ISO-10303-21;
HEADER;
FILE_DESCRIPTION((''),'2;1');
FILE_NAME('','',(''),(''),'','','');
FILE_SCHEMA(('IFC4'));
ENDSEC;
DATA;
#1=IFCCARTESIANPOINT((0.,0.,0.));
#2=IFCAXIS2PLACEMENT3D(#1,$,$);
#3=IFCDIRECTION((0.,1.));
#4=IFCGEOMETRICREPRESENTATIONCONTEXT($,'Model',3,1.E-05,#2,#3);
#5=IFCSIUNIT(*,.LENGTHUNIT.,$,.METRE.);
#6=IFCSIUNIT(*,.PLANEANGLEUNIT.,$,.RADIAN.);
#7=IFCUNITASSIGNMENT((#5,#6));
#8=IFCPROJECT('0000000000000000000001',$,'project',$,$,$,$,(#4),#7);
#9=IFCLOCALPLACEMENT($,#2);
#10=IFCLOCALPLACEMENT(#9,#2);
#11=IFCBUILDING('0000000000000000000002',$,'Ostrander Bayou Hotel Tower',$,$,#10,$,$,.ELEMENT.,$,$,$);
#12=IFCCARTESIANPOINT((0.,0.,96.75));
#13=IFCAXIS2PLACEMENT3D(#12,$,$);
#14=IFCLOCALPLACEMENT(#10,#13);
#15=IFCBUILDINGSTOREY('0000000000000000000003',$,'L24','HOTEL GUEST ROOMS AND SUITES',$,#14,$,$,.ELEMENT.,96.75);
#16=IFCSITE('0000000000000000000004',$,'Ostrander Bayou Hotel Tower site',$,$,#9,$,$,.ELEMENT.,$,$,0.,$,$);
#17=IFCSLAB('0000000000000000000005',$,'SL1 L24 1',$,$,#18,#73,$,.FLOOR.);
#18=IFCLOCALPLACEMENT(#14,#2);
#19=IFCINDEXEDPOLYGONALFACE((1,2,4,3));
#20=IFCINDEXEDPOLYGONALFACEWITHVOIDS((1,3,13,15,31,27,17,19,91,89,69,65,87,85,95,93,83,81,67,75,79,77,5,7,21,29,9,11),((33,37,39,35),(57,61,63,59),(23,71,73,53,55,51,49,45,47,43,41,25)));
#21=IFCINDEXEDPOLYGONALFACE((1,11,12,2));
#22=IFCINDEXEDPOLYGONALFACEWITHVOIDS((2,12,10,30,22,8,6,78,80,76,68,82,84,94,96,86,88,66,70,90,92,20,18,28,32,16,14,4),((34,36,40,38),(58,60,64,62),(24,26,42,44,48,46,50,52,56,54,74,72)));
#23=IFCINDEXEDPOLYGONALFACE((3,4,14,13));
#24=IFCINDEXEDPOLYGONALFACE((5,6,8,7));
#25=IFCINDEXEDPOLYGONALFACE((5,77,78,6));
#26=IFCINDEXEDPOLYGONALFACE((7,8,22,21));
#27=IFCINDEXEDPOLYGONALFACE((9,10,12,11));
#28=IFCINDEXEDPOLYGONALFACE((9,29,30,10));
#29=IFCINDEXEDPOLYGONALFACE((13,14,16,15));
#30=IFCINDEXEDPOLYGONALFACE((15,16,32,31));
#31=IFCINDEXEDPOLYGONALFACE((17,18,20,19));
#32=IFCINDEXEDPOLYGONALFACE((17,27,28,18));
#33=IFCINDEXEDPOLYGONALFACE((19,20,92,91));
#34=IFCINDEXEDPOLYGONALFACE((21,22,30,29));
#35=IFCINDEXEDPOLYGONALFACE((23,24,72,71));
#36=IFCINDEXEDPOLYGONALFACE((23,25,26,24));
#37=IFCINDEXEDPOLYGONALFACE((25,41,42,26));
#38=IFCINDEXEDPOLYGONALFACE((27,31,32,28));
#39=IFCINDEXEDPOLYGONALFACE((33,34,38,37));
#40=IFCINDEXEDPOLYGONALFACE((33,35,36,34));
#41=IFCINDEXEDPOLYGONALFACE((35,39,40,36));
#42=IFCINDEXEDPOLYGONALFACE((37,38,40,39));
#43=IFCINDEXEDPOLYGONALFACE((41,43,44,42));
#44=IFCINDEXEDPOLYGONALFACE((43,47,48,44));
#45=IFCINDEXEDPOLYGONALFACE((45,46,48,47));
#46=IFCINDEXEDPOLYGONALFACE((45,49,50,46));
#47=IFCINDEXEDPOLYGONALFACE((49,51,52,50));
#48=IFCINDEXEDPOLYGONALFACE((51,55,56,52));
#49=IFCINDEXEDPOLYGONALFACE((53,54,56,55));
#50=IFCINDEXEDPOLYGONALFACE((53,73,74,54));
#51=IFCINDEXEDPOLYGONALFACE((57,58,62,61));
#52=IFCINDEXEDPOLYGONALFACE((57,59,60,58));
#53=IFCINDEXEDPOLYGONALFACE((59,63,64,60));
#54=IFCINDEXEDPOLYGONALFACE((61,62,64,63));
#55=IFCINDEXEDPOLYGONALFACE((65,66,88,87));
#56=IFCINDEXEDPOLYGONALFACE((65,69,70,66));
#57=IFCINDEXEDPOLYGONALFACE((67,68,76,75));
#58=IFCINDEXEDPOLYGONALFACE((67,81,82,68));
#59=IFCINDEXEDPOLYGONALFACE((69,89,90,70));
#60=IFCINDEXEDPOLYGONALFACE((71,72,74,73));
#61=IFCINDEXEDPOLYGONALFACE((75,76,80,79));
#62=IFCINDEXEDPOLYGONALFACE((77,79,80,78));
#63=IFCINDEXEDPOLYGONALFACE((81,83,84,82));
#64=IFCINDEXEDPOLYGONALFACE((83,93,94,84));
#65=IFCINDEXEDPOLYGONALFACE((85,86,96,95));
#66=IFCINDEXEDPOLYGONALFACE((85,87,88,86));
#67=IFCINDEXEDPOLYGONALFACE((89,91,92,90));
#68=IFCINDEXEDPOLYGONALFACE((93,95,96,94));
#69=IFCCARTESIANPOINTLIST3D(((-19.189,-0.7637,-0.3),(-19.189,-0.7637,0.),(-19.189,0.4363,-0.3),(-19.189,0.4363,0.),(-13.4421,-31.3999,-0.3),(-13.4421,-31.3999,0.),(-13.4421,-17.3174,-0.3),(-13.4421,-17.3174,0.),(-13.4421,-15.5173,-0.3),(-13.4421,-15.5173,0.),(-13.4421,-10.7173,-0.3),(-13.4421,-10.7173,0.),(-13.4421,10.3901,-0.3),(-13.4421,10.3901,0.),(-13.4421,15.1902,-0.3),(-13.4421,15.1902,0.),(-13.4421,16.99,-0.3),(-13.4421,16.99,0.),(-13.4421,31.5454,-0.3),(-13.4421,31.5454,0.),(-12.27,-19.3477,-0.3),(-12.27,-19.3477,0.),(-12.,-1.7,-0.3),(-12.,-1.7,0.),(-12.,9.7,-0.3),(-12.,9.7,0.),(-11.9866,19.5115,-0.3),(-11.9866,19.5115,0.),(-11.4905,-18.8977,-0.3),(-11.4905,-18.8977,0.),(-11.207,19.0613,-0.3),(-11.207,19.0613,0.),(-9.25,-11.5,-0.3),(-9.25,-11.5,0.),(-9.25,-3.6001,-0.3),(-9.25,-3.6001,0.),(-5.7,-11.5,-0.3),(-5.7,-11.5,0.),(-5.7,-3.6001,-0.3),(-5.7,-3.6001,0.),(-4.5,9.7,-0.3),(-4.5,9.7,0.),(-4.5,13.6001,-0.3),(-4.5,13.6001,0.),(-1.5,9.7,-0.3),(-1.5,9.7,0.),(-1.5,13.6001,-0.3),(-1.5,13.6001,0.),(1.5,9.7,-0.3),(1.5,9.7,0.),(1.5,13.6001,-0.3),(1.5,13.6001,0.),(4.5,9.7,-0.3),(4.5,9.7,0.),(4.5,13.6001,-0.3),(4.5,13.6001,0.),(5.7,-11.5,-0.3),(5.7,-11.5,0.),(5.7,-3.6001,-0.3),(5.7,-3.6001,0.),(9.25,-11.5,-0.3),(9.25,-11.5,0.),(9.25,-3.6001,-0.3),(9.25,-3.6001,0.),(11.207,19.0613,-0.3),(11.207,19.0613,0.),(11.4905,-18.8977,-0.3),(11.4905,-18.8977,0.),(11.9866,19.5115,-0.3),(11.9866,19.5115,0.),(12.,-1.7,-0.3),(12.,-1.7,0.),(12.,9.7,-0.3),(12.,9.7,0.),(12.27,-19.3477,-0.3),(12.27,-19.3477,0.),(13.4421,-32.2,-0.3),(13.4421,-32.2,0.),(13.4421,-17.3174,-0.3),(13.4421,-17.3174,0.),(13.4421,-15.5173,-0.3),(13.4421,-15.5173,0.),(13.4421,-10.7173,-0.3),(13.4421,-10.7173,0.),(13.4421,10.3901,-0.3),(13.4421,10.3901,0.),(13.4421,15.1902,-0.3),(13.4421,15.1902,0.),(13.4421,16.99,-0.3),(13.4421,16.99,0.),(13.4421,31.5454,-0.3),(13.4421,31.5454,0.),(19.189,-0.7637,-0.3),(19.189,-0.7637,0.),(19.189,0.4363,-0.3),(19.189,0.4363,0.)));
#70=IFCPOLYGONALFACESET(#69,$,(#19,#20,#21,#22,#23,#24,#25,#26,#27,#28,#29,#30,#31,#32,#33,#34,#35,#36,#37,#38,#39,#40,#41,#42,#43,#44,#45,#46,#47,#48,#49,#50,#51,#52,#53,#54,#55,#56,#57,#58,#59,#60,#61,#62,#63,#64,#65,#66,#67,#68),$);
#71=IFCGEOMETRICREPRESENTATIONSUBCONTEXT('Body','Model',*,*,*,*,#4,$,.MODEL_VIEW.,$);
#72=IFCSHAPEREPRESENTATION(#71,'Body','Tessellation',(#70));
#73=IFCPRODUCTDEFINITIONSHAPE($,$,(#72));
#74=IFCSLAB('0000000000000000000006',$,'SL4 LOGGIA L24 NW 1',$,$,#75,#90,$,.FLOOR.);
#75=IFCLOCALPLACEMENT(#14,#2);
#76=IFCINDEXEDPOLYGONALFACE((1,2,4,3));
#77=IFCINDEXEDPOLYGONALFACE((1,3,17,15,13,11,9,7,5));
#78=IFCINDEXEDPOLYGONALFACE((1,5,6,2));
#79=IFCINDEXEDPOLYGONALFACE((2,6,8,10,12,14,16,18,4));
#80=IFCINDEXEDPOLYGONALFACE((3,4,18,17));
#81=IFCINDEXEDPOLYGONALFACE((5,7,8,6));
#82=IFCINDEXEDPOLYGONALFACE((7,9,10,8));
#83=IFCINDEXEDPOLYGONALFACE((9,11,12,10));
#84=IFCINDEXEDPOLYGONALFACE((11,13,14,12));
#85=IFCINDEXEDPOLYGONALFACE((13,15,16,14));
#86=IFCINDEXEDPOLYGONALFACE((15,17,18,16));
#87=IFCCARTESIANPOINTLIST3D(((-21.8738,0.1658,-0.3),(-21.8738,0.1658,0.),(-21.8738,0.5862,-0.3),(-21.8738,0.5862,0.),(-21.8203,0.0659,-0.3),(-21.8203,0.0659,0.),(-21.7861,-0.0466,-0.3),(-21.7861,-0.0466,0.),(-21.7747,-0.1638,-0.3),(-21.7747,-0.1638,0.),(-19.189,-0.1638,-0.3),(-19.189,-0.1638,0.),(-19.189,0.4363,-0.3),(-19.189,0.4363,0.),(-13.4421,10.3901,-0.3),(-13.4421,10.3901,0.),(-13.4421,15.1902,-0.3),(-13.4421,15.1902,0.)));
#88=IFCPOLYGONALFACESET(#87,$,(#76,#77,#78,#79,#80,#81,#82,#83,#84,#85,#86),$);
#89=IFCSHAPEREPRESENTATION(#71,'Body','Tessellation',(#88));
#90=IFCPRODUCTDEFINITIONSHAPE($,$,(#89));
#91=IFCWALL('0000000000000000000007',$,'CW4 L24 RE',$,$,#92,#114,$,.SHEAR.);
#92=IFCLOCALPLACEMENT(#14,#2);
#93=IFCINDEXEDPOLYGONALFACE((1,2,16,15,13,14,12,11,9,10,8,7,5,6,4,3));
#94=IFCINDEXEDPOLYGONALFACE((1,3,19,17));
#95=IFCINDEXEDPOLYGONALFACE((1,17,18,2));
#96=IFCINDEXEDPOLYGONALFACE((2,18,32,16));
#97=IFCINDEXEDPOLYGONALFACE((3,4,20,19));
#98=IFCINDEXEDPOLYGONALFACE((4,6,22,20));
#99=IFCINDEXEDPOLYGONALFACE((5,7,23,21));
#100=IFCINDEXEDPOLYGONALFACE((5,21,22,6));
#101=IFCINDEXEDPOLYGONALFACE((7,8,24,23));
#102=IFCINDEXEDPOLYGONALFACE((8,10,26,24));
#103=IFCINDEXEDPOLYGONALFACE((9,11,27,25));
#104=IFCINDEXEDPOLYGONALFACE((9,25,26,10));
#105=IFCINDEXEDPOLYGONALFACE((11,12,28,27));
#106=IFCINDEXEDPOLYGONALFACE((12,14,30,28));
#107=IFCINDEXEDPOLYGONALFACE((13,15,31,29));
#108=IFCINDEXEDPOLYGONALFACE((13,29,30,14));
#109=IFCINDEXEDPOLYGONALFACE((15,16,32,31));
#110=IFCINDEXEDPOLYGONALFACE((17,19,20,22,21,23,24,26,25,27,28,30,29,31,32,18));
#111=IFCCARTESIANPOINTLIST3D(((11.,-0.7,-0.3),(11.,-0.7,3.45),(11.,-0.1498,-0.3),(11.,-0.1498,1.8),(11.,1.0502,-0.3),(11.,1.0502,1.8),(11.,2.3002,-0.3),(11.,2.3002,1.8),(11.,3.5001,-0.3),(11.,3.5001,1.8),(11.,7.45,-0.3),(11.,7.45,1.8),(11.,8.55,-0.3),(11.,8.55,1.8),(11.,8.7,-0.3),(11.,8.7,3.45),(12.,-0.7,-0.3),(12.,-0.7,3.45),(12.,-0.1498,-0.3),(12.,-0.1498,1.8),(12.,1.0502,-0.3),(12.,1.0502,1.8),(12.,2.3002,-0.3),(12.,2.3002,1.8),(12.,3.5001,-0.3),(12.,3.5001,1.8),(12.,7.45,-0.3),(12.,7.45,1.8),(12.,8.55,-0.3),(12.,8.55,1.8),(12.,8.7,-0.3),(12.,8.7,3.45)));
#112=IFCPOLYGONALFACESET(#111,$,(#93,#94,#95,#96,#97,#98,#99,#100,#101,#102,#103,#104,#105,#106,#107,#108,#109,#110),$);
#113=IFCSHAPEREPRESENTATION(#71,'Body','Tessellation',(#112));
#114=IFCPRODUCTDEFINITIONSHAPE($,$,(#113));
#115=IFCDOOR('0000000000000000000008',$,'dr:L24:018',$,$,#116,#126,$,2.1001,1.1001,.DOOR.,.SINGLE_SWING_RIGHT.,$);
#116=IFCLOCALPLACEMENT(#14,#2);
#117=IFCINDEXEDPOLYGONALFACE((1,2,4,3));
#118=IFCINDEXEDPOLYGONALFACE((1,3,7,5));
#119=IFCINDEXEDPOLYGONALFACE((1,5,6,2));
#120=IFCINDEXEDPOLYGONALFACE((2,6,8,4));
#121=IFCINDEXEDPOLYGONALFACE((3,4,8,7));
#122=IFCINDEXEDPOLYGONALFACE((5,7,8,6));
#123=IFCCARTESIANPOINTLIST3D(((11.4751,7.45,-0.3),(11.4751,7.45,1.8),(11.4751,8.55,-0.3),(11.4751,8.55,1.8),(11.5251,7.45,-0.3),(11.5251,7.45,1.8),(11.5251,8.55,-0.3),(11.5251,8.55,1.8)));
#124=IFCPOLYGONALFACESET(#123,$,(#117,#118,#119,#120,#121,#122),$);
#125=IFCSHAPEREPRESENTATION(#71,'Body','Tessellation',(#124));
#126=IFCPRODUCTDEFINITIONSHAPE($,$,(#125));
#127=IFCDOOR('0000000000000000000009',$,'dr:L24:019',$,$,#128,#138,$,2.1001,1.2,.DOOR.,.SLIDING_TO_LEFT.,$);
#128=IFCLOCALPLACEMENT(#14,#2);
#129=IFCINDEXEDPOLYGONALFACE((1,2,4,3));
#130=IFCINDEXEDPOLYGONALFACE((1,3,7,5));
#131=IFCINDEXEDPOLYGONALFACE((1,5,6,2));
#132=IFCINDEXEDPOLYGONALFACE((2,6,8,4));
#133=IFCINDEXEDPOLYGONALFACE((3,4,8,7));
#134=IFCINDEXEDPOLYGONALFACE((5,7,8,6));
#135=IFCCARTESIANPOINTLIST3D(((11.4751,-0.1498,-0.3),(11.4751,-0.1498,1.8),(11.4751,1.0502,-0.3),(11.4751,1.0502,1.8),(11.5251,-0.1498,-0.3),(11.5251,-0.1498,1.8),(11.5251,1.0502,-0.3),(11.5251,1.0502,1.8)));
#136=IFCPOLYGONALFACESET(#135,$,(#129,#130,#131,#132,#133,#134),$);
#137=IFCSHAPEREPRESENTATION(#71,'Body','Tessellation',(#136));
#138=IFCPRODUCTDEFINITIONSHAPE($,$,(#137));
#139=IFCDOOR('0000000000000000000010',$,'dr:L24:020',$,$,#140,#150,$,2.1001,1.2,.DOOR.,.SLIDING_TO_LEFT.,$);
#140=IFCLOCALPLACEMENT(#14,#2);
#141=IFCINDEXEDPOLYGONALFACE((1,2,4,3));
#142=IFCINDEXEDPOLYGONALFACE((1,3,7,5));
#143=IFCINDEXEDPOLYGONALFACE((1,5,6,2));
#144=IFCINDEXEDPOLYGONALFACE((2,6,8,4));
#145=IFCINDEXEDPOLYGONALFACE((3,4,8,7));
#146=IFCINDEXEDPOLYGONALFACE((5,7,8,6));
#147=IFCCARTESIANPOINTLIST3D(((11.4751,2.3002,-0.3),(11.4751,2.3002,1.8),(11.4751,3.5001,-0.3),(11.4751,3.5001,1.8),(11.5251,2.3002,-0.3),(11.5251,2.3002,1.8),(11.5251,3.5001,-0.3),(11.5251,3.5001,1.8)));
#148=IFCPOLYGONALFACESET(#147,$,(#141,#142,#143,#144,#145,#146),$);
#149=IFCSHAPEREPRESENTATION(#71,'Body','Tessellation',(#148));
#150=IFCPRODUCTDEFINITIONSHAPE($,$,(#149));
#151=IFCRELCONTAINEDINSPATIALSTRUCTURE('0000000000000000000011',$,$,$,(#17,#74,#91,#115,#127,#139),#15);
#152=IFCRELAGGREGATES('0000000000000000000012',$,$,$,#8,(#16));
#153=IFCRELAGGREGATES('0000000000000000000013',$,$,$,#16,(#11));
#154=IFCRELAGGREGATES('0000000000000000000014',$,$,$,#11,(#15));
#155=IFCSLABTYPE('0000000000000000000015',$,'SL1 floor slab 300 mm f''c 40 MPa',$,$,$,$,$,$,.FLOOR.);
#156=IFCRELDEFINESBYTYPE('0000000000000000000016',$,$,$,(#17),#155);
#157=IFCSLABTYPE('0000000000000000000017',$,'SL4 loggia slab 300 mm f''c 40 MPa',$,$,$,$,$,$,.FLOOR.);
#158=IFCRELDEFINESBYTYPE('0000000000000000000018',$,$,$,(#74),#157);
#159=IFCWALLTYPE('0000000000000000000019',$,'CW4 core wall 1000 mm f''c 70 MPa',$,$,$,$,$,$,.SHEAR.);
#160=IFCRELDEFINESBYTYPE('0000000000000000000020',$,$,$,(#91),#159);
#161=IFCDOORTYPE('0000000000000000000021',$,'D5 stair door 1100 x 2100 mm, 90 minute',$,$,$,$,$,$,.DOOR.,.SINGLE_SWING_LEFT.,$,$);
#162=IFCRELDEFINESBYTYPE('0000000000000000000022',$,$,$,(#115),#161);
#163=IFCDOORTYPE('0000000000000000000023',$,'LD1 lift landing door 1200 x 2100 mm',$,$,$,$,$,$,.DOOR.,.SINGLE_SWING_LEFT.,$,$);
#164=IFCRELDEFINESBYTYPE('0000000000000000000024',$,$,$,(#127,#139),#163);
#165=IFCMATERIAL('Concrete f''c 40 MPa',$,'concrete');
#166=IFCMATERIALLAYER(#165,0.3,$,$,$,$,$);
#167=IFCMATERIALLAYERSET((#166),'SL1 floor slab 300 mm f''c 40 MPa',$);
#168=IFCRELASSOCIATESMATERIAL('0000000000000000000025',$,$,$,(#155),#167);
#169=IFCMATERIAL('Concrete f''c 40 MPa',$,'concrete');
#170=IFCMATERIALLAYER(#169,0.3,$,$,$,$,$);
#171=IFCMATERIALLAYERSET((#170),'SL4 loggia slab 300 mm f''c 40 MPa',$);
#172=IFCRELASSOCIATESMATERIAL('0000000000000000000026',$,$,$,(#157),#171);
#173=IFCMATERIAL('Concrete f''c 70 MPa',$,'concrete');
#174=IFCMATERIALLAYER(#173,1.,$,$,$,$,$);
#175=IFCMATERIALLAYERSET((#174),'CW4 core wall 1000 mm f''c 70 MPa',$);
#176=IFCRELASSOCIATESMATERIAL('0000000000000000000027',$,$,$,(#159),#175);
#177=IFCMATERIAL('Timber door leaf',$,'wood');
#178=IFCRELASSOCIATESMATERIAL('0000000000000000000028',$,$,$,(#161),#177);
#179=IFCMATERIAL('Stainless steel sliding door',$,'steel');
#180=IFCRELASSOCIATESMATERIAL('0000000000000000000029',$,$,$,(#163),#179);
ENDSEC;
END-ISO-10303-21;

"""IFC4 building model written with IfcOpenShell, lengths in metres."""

from ifc_helpers import new_model, si_unit, direction, frame, frame_2d, origin, place, context, subcontext, project, spatial, polyline, rectangle, outline, extrude, material, layer, layer_set, type_object, element, fill, save


model = new_model("IFC4")

# Units and contexts
model_context = context("Model", 3, precision=1e-05, world=origin(), true_north=direction((0.0, 1.0)))
body_context = subcontext(model_context, "Body", "Model", "MODEL_VIEW")
ifc_project = project(units=[si_unit("LENGTHUNIT", "METRE"), si_unit("PLANEANGLEUNIT", "RADIAN")], contexts=[model_context])

# Site, building, storey
site_placement = place(None, origin())
site = spatial("IfcSite", under=ifc_project, at=site_placement, Name="Ostrander Bayou Hotel Tower site", CompositionType="ELEMENT", RefElevation=0.0)
building_placement = place(site_placement, origin())
building = spatial("IfcBuilding", under=site, at=building_placement, Name="Ostrander Bayou Hotel Tower", CompositionType="ELEMENT")
storey_placement = place(building_placement, frame((0.0, 0.0, 96.75)))
storey = spatial("IfcBuildingStorey", under=building, at=storey_placement, Name="L24", Description="HOTEL GUEST ROOMS AND SUITES", CompositionType="ELEMENT", Elevation=96.75)

# Slabs
ifc_material_1 = material(Name="Concrete f'c 40 MPa", Category="concrete")
ifc_layer_1 = layer(ifc_material_1, 0.3)
ifc_layer_set_1 = layer_set([ifc_layer_1], Name="SL1 floor slab 300 mm f'c 40 MPa")
slab_type_1 = type_object("IfcSlabType", Name="SL1 floor slab 300 mm f'c 40 MPa", PredefinedType="FLOOR", material=ifc_layer_set_1)
slab_1_placement = place(storey_placement, frame((0.0, 0.0, -0.3)))
element("IfcSlab", 1, at=slab_1_placement, inside=storey, type_object=slab_type_1, Name="SL1 L24 1", PredefinedType="FLOOR", context=body_context, shape_type="SweptSolid", body=[
    extrude(outline(polyline([(-12.27, -19.3477), (-11.4905, -18.8977), (-13.4421, -15.5173), (-13.4421, -10.7173), (-19.189, -0.7637), (-19.189, 0.4363), (-13.4421, 10.3901), (-13.4421, 15.1902), (-11.207, 19.0613), (-11.9866, 19.5115), (-13.4421, 16.99), (-13.4421, 31.5454), (13.4421, 31.5454), (13.4421, 16.99), (11.9866, 19.5115), (11.207, 19.0613), (13.4421, 15.1902), (13.4421, 10.3901), (19.189, 0.4363), (19.189, -0.7637), (13.4421, -10.7173), (13.4421, -15.5173), (11.4905, -18.8977), (12.27, -19.3477), (13.4421, -17.3174), (13.4421, -32.2), (-13.4421, -31.3999), (-13.4421, -17.3174), (-12.27, -19.3477)]), holes=[polyline([(-12.0, -1.7), (12.0, -1.7), (12.0, 9.7), (4.5, 9.7), (4.5, 13.6001), (1.5, 13.6001), (1.5, 9.7), (-1.5, 9.7), (-1.5, 13.6001), (-4.5, 13.6001), (-4.5, 9.7), (-12.0, 9.7), (-12.0, -1.7)]), polyline([(9.25, -3.6001), (5.7, -3.6001), (5.7, -11.5), (9.25, -11.5), (9.25, -3.6001)]), polyline([(-5.7, -3.6001), (-9.25, -3.6001), (-9.25, -11.5), (-5.7, -11.5), (-5.7, -3.6001)])]), origin(), (0.0, 0.0, 1.0), 0.3),
])
ifc_material_2 = material(Name="Concrete f'c 40 MPa", Category="concrete")
ifc_layer_2 = layer(ifc_material_2, 0.3)
ifc_layer_set_2 = layer_set([ifc_layer_2], Name="SL4 loggia slab 300 mm f'c 40 MPa")
slab_type_2 = type_object("IfcSlabType", Name="SL4 loggia slab 300 mm f'c 40 MPa", PredefinedType="FLOOR", material=ifc_layer_set_2)
slab_2_placement = place(storey_placement, frame((0.0, 0.0, -0.3)))
element("IfcSlab", 2, at=slab_2_placement, inside=storey, type_object=slab_type_2, Name="SL4 LOGGIA L24 NW 1", PredefinedType="FLOOR", context=body_context, shape_type="SweptSolid", body=[
    extrude(outline(polyline([(-19.189, -0.1638), (-21.7747, -0.1638), (-21.7861, -0.0466), (-21.8203, 0.0659), (-21.8738, 0.1658), (-21.8738, 0.5862), (-13.4421, 15.1902), (-13.4421, 10.3901), (-19.189, 0.4363), (-19.189, -0.1638)])), origin(), (0.0, 0.0, 1.0), 0.3),
])

# Wall, openings, doors
ifc_material_3 = material(Name="Concrete f'c 70 MPa", Category="concrete")
ifc_layer_3 = layer(ifc_material_3, 1.0)
ifc_layer_set_3 = layer_set([ifc_layer_3], Name="CW4 core wall 1000 mm f'c 70 MPa")
wall_type_1 = type_object("IfcWallType", Name="CW4 core wall 1000 mm f'c 70 MPa", PredefinedType="SHEAR", material=ifc_layer_set_3)
wall_1_placement = place(storey_placement, frame((11.5, -0.7, -0.3), z_axis=(0.0, 0.0, 1.0), x_axis=(0.0, 1.0, 0.0)))
wall_1 = element("IfcWall", 3, at=wall_1_placement, inside=storey, type_object=wall_type_1, Name="CW4 L24 RE", PredefinedType="SHEAR", context=body_context, shape_type="SweptSolid", body=[
    extrude(rectangle(XDim=9.3999, YDim=1.0, at=frame_2d((4.7, 0.0))), origin(), (0.0, 0.0, 1.0), 3.75),
])
opening_1_placement = place(wall_1_placement, frame((8.1499, 0.0, 0.0)))
opening_1 = element("IfcOpeningElement", 4, at=opening_1_placement, cuts=wall_1, PredefinedType="OPENING", context=body_context, shape_type="SweptSolid", body=[
    extrude(rectangle(XDim=1.1001, YDim=2.1001, at=frame_2d((0.55, 1.05))), frame((0.0, 0.5, 0.0), z_axis=(0.0, -1.0, 0.0), x_axis=(1.0, 0.0, 0.0)), (0.0, 0.0, 1.0), 1.0),
])
opening_2_placement = place(wall_1_placement, frame((0.55, 0.0, 0.0)))
opening_2 = element("IfcOpeningElement", 5, at=opening_2_placement, cuts=wall_1, PredefinedType="OPENING", context=body_context, shape_type="SweptSolid", body=[
    extrude(rectangle(XDim=1.2, YDim=2.1001, at=frame_2d((0.6001, 1.05))), frame((0.0, 0.5, 0.0), z_axis=(0.0, -1.0, 0.0), x_axis=(1.0, 0.0, 0.0)), (0.0, 0.0, 1.0), 1.0),
])
opening_3_placement = place(wall_1_placement, frame((3.0, 0.0, 0.0)))
opening_3 = element("IfcOpeningElement", 6, at=opening_3_placement, cuts=wall_1, PredefinedType="OPENING", context=body_context, shape_type="SweptSolid", body=[
    extrude(rectangle(XDim=1.2, YDim=2.1001, at=frame_2d((0.6001, 1.05))), frame((0.0, 0.5, 0.0), z_axis=(0.0, -1.0, 0.0), x_axis=(1.0, 0.0, 0.0)), (0.0, 0.0, 1.0), 1.0),
])
ifc_material_4 = material(Name="Timber door leaf", Category="wood")
door_type_1 = type_object("IfcDoorType", Name="D5 stair door 1100 x 2100 mm, 90 minute", OperationType="SINGLE_SWING_LEFT", PredefinedType="DOOR", material=ifc_material_4)
door_1_placement = place(opening_1_placement, origin())
door_1 = element("IfcDoor", 7, at=door_1_placement, inside=storey, type_object=door_type_1, Name="dr:L24:018", OperationType="SINGLE_SWING_RIGHT", OverallHeight=2.1001, OverallWidth=1.1001, PredefinedType="DOOR", context=body_context, shape_type="SweptSolid", body=[
    extrude(rectangle(XDim=1.1001, YDim=2.1001, at=frame_2d((0.55, 1.05))), frame((0.0, 0.0249, 0.0), z_axis=(0.0, -1.0, 0.0), x_axis=(1.0, 0.0, 0.0)), (0.0, 0.0, 1.0), 0.05),
])
fill(opening_1, door_1)
ifc_material_5 = material(Name="Stainless steel sliding door", Category="steel")
door_type_2 = type_object("IfcDoorType", Name="LD1 lift landing door 1200 x 2100 mm", OperationType="SINGLE_SWING_LEFT", PredefinedType="DOOR", material=ifc_material_5)
door_2_placement = place(opening_2_placement, origin())
door_2 = element("IfcDoor", 8, at=door_2_placement, inside=storey, type_object=door_type_2, Name="dr:L24:019", OperationType="SLIDING_TO_LEFT", OverallHeight=2.1001, OverallWidth=1.2, PredefinedType="DOOR", context=body_context, shape_type="SweptSolid", body=[
    extrude(rectangle(XDim=1.2, YDim=2.1001, at=frame_2d((0.6001, 1.05))), frame((0.0, 0.0249, 0.0), z_axis=(0.0, -1.0, 0.0), x_axis=(1.0, 0.0, 0.0)), (0.0, 0.0, 1.0), 0.05),
])
fill(opening_2, door_2)
door_3_placement = place(opening_3_placement, origin())
door_3 = element("IfcDoor", 9, at=door_3_placement, inside=storey, type_object=door_type_2, Name="dr:L24:020", OperationType="SLIDING_TO_LEFT", OverallHeight=2.1001, OverallWidth=1.2, PredefinedType="DOOR", context=body_context, shape_type="SweptSolid", body=[
    extrude(rectangle(XDim=1.2, YDim=2.1001, at=frame_2d((0.6001, 1.05))), frame((0.0, 0.0249, 0.0), z_axis=(0.0, -1.0, 0.0), x_axis=(1.0, 0.0, 0.0)), (0.0, 0.0, 1.0), 0.05),
])
fill(opening_3, door_3)

save(model, "model.ifc")
